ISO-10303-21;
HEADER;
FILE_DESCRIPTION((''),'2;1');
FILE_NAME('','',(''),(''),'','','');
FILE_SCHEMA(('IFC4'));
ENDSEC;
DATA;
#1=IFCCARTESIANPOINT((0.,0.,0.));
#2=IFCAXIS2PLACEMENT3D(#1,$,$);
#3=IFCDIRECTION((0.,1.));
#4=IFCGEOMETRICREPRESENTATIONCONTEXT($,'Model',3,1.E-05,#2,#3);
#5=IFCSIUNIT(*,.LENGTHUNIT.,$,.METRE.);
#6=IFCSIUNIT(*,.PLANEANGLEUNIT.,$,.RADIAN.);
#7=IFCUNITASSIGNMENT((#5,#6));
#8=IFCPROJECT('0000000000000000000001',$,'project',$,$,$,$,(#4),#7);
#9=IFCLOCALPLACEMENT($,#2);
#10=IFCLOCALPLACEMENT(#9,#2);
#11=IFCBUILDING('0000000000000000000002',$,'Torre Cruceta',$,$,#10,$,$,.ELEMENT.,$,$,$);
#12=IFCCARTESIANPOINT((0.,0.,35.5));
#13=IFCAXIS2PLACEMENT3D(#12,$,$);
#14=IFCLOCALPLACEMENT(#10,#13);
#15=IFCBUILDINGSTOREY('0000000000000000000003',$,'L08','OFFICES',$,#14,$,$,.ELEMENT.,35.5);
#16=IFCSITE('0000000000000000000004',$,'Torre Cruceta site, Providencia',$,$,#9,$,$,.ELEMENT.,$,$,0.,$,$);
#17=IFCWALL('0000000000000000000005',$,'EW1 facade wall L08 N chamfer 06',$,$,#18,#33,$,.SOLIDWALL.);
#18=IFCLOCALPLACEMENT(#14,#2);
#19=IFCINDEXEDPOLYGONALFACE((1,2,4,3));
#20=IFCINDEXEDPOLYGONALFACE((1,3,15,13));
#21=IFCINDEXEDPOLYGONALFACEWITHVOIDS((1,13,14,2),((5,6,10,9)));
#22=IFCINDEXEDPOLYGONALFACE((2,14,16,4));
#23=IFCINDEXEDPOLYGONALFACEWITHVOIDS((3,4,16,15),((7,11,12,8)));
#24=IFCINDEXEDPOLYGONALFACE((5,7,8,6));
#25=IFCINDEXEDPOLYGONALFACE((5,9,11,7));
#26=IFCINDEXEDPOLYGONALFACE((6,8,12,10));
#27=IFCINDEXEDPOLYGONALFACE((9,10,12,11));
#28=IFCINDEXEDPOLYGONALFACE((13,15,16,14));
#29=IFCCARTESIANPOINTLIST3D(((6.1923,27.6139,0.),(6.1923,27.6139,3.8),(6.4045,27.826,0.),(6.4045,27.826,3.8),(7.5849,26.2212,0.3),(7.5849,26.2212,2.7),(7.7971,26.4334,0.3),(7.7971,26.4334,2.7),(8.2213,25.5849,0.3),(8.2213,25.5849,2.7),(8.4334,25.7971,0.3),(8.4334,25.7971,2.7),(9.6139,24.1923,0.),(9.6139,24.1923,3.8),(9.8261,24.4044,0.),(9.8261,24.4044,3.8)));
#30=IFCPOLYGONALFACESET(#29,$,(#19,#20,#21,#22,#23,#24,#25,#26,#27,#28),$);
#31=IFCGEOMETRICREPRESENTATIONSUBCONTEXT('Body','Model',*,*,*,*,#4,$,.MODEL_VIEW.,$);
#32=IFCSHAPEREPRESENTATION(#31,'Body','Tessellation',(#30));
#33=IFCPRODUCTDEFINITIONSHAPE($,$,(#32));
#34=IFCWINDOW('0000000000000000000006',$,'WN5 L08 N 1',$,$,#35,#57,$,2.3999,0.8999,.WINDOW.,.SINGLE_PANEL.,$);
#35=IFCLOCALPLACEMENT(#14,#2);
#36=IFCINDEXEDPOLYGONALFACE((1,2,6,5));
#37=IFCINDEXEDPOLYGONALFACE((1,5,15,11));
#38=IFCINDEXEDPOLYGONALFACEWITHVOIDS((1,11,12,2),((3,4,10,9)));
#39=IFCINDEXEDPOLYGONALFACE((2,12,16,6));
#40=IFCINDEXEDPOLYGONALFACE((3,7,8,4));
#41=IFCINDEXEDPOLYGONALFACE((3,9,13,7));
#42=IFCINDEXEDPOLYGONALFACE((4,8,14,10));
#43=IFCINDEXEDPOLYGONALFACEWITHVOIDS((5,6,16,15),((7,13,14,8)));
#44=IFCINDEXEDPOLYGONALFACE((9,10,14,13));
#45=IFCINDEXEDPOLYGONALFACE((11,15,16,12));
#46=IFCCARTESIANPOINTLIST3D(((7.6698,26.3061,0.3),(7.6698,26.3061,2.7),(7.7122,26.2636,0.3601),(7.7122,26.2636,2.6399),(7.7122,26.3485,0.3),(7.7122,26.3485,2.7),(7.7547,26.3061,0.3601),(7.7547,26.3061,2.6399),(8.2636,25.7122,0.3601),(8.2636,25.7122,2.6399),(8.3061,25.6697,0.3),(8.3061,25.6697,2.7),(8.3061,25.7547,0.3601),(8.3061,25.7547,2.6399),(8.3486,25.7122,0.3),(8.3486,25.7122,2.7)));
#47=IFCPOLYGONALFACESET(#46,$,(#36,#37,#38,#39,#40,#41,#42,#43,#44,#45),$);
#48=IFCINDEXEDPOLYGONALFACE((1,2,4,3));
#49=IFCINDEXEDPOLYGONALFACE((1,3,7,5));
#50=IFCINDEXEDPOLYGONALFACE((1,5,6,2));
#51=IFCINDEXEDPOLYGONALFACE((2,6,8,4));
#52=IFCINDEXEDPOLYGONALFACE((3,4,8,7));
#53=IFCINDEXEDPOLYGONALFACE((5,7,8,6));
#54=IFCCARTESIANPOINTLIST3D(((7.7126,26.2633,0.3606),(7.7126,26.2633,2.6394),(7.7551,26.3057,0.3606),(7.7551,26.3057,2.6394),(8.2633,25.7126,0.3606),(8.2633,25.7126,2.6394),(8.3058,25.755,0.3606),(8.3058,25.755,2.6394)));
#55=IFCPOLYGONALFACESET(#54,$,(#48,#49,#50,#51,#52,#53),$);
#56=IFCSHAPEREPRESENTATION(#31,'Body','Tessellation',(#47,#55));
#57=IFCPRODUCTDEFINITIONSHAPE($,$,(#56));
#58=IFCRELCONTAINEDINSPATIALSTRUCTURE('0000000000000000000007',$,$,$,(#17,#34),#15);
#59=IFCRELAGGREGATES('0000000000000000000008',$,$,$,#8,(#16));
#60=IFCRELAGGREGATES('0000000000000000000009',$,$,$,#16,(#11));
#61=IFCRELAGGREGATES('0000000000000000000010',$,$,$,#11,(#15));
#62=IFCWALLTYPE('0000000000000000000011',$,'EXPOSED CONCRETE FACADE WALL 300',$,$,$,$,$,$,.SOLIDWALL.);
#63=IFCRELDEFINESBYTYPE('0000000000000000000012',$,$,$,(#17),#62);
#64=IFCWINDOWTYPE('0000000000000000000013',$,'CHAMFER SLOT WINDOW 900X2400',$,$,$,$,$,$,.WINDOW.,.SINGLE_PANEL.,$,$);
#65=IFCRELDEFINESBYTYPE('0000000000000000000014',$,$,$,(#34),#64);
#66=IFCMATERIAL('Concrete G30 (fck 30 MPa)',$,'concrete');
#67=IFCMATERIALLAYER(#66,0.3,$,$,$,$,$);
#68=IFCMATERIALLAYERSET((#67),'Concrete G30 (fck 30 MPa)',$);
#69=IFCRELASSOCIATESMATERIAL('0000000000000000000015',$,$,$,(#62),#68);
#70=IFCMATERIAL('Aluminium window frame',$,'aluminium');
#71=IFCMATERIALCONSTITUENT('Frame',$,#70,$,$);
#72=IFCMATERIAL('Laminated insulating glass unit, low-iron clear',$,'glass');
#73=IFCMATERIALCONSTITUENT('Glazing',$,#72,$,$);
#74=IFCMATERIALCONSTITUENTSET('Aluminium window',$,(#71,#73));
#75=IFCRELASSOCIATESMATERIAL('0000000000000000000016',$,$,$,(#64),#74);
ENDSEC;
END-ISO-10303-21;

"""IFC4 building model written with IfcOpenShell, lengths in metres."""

from ifc_helpers import new_model, si_unit, direction, frame, frame_2d, origin, place, context, subcontext, project, spatial, rectangle, hollow_rectangle, extrude, material, layer, layer_set, constituent, constituent_set, type_object, element, fill, save


model = new_model("IFC4")

# Units and contexts
model_context = context("Model", 3, precision=1e-05, world=origin(), true_north=direction((0.0, 1.0)))
body_context = subcontext(model_context, "Body", "Model", "MODEL_VIEW")
ifc_project = project(units=[si_unit("LENGTHUNIT", "METRE"), si_unit("PLANEANGLEUNIT", "RADIAN")], contexts=[model_context])

# Site, building, storey
site_placement = place(None, origin())
site = spatial("IfcSite", under=ifc_project, at=site_placement, Name="Torre Cruceta site, Providencia", CompositionType="ELEMENT", RefElevation=0.0)
building_placement = place(site_placement, origin())
building = spatial("IfcBuilding", under=site, at=building_placement, Name="Torre Cruceta", CompositionType="ELEMENT")
storey_placement = place(building_placement, frame((0.0, 0.0, 35.5)))
storey = spatial("IfcBuildingStorey", under=building, at=storey_placement, Name="L08", Description="OFFICES", CompositionType="ELEMENT", Elevation=35.5)

# Wall, opening, window
ifc_material_1 = material(Name="Concrete G30 (fck 30 MPa)", Category="concrete")
ifc_layer_1 = layer(ifc_material_1, 0.3)
ifc_layer_set_1 = layer_set([ifc_layer_1], Name="Concrete G30 (fck 30 MPa)")
wall_type = type_object("IfcWallType", Name="EXPOSED CONCRETE FACADE WALL 300", PredefinedType="SOLIDWALL", material=ifc_layer_set_1)
wall_placement = place(storey_placement, frame((9.72, 24.2983, 0.0), z_axis=(0.0, 0.0, 1.0), x_axis=(-0.707107, 0.707107, 0.0)))
wall = element("IfcWall", 1, at=wall_placement, inside=storey, type_object=wall_type, Name="EW1 facade wall L08 N chamfer 06", PredefinedType="SOLIDWALL", context=body_context, shape_type="SweptSolid", body=[
    extrude(rectangle(XDim=4.8389, YDim=0.3, at=frame_2d((2.4194, 0.0))), origin(), (0.0, 0.0, 1.0), 3.8),
])
opening_placement = place(wall_placement, frame((1.9695, 0.0, 0.3)))
opening = element("IfcOpeningElement", 2, at=opening_placement, cuts=wall, PredefinedType="OPENING", context=body_context, shape_type="SweptSolid", body=[
    extrude(rectangle(XDim=0.8999, YDim=2.3999, at=frame_2d((0.45, 1.2))), frame((0.0, 0.1599, 0.0), z_axis=(0.0, -1.0, 0.0), x_axis=(1.0, 0.0, 0.0)), (0.0, 0.0, 1.0), 0.3201),
])
ifc_material_2 = material(Name="Aluminium window frame", Category="aluminium")
ifc_constituent_1 = constituent(ifc_material_2, Name="Frame")
ifc_material_3 = material(Name="Laminated insulating glass unit, low-iron clear", Category="glass")
ifc_constituent_2 = constituent(ifc_material_3, Name="Glazing")
ifc_constituent_set = constituent_set(constituents=[ifc_constituent_1, ifc_constituent_2], Name="Aluminium window")
window_type = type_object("IfcWindowType", Name="CHAMFER SLOT WINDOW 900X2400", PartitioningType="SINGLE_PANEL", PredefinedType="WINDOW", material=ifc_constituent_set)
window_placement = place(opening_placement, origin())
window = element("IfcWindow", 3, at=window_placement, inside=storey, type_object=window_type, Name="WN5 L08 N 1", OverallHeight=2.3999, OverallWidth=0.8999, PartitioningType="SINGLE_PANEL", PredefinedType="WINDOW", context=body_context, shape_type="SweptSolid", body=[
    extrude(hollow_rectangle(XDim=0.8999, YDim=2.3999, WallThickness=0.0601, at=frame_2d((0.45, 1.2))), frame((0.0, 0.03, 0.0), z_axis=(0.0, -1.0, 0.0), x_axis=(1.0, 0.0, 0.0)), (0.0, 0.0, 1.0), 0.0601),
    extrude(rectangle(XDim=0.7788, YDim=2.2788, at=frame_2d((0.45, 1.2))), frame((0.0, 0.03, 0.0), z_axis=(0.0, -1.0, 0.0), x_axis=(1.0, 0.0, 0.0)), (0.0, 0.0, 1.0), 0.0601),
])
fill(opening, window)

save(model, "model.ifc")
